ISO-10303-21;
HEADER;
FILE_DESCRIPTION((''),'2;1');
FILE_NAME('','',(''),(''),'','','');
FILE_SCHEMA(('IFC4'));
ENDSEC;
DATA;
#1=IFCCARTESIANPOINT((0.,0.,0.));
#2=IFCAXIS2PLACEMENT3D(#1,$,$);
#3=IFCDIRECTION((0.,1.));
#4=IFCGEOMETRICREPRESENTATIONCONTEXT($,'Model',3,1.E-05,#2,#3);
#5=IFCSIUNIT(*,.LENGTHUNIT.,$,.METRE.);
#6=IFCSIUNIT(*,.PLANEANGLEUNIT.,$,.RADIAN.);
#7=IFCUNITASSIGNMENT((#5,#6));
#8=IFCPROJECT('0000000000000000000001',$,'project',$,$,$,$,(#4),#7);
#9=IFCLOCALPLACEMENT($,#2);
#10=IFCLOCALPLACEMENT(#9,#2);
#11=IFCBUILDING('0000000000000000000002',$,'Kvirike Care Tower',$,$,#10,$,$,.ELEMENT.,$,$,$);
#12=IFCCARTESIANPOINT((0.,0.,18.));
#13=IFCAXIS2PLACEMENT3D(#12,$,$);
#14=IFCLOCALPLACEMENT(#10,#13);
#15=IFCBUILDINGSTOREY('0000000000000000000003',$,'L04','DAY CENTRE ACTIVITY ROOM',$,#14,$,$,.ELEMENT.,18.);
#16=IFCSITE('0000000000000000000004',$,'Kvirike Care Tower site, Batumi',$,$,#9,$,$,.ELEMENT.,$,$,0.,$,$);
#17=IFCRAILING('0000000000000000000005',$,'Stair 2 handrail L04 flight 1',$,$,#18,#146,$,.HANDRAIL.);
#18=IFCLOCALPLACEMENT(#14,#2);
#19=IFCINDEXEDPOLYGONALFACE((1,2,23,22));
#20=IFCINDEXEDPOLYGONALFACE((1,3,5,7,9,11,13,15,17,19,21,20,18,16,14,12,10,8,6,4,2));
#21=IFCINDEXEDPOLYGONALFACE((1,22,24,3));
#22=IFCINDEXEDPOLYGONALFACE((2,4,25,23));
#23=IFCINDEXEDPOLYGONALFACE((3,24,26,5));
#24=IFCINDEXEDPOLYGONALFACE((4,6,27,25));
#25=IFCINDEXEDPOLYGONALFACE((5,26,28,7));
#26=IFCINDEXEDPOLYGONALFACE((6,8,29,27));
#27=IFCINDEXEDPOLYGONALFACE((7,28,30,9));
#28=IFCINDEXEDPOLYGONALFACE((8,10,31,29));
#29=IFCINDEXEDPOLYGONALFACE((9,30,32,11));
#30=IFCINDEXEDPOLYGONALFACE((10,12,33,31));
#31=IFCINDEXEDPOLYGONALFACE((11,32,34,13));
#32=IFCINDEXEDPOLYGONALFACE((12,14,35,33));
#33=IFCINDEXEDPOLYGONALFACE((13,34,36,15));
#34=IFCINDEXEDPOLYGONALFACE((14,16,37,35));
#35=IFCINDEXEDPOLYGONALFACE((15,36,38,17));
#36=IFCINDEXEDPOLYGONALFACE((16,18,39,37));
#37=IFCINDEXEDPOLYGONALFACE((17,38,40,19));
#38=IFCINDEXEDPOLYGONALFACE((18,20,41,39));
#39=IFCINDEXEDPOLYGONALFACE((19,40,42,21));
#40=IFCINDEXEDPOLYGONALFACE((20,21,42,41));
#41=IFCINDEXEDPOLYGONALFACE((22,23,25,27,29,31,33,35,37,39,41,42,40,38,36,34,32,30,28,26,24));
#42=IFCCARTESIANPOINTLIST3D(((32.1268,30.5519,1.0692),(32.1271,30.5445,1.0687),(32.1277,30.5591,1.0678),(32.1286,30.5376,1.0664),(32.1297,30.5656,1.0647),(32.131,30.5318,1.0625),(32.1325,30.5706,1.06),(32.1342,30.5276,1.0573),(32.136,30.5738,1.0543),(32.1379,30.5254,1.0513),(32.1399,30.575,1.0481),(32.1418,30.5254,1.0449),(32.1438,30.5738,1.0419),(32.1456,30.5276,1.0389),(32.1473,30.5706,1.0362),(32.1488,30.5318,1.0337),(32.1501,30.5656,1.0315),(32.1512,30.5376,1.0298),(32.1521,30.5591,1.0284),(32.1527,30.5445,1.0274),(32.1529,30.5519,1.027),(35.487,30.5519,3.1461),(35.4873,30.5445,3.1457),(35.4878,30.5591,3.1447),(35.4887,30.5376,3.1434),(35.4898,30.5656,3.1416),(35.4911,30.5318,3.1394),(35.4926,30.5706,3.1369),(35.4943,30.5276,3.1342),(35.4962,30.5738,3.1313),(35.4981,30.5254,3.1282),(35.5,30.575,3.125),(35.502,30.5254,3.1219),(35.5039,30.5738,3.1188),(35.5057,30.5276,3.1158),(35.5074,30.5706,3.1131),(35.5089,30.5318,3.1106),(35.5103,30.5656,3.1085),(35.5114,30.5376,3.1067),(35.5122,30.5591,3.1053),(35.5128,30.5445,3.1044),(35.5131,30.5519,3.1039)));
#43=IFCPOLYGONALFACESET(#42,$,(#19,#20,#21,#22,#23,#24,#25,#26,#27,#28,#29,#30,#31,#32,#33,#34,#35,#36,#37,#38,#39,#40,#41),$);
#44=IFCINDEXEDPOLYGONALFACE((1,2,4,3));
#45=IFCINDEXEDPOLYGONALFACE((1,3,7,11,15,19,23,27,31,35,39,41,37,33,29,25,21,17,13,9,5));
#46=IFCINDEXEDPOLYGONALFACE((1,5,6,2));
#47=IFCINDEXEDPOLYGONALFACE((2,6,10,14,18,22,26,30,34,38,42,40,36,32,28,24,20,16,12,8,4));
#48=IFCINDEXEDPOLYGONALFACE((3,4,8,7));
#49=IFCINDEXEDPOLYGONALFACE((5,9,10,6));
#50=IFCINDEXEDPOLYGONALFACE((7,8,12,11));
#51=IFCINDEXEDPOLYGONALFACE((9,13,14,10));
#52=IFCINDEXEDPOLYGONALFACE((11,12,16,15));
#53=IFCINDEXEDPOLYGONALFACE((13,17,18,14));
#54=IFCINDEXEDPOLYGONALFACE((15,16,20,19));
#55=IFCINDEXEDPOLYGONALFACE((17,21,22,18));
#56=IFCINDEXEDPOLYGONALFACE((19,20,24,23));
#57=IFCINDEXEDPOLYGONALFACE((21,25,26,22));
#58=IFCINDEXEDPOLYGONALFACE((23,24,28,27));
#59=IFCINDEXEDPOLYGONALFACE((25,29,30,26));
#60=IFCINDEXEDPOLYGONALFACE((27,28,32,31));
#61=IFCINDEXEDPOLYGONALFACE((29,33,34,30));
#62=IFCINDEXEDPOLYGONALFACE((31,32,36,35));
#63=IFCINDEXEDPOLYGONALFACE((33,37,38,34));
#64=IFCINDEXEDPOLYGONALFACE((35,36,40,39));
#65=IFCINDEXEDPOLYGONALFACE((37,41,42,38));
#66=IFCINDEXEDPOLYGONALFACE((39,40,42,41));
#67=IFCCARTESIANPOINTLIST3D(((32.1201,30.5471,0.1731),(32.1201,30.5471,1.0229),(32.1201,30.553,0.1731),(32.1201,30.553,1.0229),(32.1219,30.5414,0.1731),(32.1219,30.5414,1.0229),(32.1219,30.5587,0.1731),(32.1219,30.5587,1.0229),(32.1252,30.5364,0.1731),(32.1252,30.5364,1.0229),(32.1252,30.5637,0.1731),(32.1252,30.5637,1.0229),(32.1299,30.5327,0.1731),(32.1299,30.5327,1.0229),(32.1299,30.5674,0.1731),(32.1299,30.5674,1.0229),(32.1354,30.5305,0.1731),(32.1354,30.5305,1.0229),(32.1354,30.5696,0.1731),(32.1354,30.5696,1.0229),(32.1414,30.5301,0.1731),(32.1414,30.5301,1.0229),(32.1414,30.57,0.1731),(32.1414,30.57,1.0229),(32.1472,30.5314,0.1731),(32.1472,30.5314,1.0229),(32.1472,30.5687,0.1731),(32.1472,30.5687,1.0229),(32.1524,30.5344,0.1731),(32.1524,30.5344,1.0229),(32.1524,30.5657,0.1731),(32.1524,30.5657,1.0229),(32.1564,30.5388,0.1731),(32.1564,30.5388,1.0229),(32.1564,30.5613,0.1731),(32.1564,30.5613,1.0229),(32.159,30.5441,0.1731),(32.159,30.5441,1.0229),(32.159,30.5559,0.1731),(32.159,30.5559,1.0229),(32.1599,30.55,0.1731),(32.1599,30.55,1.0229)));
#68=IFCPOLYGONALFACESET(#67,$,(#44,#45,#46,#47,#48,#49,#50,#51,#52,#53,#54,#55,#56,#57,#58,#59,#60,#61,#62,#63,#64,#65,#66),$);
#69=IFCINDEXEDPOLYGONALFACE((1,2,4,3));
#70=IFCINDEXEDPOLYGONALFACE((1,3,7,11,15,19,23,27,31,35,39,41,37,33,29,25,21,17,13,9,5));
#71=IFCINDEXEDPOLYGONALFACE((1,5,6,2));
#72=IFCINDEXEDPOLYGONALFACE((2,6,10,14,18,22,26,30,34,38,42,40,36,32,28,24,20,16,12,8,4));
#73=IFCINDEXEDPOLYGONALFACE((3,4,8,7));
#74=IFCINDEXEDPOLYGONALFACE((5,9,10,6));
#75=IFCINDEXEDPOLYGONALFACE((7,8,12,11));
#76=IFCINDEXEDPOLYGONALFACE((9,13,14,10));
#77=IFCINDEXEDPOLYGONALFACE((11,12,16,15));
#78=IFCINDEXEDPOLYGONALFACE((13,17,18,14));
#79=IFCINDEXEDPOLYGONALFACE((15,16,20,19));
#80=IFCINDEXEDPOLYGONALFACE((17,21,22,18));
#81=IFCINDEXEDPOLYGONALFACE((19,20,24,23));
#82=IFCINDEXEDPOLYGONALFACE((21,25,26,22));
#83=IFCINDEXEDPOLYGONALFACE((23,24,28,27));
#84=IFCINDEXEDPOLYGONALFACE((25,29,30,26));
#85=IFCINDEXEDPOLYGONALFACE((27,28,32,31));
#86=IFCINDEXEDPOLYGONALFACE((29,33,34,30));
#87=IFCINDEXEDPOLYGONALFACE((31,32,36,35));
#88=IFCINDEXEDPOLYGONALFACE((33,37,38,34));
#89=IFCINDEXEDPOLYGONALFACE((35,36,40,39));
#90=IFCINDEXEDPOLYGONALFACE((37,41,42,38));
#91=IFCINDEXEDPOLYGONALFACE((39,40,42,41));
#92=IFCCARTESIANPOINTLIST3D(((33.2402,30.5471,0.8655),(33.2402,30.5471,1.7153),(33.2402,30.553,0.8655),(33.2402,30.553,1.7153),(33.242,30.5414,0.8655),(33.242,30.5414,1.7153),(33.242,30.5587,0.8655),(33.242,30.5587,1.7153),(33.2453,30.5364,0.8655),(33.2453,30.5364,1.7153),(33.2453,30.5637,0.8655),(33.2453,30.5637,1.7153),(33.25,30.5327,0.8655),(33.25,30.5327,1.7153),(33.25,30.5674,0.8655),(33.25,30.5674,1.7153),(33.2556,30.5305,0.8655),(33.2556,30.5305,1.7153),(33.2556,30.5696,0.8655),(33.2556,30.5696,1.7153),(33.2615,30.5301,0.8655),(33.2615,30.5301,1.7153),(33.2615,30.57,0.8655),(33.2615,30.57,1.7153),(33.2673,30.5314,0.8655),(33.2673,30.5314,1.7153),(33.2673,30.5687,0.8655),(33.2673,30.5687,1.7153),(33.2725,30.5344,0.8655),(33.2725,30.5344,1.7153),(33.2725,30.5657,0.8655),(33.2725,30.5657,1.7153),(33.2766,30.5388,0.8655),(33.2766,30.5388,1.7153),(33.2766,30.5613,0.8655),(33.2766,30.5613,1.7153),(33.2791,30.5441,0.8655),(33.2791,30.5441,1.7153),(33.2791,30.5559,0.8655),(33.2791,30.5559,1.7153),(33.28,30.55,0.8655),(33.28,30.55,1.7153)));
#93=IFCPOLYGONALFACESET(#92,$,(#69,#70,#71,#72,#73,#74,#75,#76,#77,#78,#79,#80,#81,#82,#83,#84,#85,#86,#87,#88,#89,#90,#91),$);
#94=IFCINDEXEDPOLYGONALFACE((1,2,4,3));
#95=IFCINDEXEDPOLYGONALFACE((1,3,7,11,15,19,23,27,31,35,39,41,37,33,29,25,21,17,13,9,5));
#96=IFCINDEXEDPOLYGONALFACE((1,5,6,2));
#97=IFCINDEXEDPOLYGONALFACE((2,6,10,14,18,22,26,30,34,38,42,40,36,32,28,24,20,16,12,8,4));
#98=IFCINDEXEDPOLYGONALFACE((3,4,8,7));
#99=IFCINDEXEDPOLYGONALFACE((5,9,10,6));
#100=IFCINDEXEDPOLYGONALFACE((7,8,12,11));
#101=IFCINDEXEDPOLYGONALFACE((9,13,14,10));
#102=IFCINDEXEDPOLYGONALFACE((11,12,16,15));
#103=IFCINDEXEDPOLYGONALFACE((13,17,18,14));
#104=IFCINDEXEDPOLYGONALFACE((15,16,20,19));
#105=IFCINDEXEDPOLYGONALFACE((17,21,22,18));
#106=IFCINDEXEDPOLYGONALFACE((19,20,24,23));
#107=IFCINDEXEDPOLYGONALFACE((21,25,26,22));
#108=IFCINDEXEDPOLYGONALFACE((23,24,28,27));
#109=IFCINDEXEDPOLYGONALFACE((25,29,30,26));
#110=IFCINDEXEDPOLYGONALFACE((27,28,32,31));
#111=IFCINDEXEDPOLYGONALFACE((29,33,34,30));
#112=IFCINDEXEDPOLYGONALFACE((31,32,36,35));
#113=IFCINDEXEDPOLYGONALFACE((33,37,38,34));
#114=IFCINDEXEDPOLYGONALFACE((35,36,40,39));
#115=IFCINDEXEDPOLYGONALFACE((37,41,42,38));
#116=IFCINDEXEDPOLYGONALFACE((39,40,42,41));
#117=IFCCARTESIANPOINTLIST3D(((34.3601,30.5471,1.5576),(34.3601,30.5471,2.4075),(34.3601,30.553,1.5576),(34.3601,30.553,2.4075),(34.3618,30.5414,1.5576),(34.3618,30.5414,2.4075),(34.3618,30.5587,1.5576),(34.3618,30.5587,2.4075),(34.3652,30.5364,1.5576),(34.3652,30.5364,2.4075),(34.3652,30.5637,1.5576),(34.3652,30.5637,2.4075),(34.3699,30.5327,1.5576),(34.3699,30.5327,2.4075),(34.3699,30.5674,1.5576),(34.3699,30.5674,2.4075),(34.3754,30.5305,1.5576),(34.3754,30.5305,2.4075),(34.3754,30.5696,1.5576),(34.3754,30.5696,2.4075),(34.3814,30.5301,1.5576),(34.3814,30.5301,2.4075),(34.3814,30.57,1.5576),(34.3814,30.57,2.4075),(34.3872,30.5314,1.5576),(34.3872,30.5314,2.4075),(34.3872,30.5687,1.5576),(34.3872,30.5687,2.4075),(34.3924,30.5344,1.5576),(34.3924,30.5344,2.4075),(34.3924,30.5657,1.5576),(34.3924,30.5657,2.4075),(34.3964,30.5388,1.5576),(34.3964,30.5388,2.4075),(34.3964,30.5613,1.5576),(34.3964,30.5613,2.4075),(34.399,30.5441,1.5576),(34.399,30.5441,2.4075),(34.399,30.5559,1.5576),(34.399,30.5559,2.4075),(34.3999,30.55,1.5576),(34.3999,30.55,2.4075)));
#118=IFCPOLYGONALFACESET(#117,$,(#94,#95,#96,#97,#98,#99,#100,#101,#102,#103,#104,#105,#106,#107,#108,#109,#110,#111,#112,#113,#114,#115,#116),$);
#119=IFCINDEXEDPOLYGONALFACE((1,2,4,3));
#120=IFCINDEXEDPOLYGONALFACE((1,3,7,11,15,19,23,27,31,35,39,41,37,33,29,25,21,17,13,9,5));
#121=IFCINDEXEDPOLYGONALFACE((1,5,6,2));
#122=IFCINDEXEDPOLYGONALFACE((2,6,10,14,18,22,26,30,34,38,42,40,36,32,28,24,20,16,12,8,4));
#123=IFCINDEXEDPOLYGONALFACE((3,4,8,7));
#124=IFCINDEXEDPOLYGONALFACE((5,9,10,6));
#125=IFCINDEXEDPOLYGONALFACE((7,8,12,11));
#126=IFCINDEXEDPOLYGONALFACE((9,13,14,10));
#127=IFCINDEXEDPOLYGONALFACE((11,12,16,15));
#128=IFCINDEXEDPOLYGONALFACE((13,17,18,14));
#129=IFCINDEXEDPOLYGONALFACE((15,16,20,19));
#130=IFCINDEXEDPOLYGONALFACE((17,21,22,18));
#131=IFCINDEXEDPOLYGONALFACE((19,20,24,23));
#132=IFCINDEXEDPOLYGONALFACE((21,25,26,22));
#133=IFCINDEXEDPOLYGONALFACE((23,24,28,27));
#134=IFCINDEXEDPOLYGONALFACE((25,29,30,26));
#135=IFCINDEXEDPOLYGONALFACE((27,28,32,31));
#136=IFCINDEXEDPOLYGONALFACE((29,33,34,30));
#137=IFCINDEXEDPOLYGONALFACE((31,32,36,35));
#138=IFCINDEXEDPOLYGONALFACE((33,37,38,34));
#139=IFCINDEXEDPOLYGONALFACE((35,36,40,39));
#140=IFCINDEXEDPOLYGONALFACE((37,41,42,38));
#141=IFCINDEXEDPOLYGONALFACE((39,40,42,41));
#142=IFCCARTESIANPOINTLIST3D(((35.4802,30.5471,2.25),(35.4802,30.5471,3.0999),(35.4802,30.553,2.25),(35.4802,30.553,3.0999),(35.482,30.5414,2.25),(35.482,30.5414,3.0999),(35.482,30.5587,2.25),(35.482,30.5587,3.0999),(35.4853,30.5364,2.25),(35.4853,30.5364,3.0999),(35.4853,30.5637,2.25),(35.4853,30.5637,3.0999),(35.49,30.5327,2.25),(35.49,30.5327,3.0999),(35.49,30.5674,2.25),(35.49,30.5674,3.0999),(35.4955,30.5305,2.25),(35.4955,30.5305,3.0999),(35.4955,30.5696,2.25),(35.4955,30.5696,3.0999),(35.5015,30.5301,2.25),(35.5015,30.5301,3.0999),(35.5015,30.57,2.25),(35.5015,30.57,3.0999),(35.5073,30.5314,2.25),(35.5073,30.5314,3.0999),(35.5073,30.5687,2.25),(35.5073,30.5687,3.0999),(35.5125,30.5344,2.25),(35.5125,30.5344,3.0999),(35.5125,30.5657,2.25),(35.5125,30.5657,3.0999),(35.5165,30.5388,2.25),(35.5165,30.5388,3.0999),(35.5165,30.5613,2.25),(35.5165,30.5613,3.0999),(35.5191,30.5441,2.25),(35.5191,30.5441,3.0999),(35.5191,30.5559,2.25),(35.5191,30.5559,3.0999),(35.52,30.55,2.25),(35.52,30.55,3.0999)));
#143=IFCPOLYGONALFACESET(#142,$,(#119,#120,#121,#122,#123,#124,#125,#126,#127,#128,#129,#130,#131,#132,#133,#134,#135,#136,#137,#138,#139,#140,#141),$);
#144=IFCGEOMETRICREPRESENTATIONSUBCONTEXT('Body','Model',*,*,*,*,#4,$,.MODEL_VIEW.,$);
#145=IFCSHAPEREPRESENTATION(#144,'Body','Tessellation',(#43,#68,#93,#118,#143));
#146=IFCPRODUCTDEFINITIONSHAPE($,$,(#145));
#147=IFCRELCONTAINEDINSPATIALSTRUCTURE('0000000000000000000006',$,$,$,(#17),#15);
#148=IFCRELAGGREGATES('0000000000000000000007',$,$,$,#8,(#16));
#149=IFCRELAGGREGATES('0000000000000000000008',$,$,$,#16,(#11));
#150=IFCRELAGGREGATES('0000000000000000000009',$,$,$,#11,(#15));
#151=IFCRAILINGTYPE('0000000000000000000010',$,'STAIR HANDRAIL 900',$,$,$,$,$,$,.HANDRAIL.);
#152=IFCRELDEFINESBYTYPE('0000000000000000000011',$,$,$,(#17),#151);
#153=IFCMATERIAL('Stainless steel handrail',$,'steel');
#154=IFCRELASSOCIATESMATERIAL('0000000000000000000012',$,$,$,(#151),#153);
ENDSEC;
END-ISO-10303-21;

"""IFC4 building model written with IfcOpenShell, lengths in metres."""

from ifc_helpers import new_model, si_unit, direction, frame, origin, origin_2d, place, context, subcontext, project, spatial, circle, extrude, material, type_object, element, save


model = new_model("IFC4")

# Units and contexts
model_context = context("Model", 3, precision=1e-05, world=origin(), true_north=direction((0.0, 1.0)))
body_context = subcontext(model_context, "Body", "Model", "MODEL_VIEW")
ifc_project = project(units=[si_unit("LENGTHUNIT", "METRE"), si_unit("PLANEANGLEUNIT", "RADIAN")], contexts=[model_context])

# Site, building, storey
site_placement = place(None, origin())
site = spatial("IfcSite", under=ifc_project, at=site_placement, Name="Kvirike Care Tower site, Batumi", CompositionType="ELEMENT", RefElevation=0.0)
building_placement = place(site_placement, origin())
building = spatial("IfcBuilding", under=site, at=building_placement, Name="Kvirike Care Tower", CompositionType="ELEMENT")
storey_placement = place(building_placement, frame((0.0, 0.0, 18.0)))
storey = spatial("IfcBuildingStorey", under=building, at=storey_placement, Name="L04", Description="DAY CENTRE ACTIVITY ROOM", CompositionType="ELEMENT", Elevation=18.0)

# Railing
ifc_material_1 = material(Name="Stainless steel handrail", Category="steel")
railing_type = type_object("IfcRailingType", Name="STAIR HANDRAIL 900", PredefinedType="HANDRAIL", material=ifc_material_1)
railing_1_placement = place(storey_placement, frame((32.1399, 30.55, 0.1731)))
element("IfcRailing", 1, at=railing_1_placement, inside=storey, type_object=railing_type, Name="Stair 2 handrail L04 flight 1", PredefinedType="HANDRAIL", context=body_context, shape_type="SweptSolid", body=[
    extrude(circle(Radius=0.0249, at=origin_2d()), frame((0.0, 0.0, 0.875), z_axis=(0.850623, 0.0, 0.525776), x_axis=(0.0, 1.0, 0.0)), (0.0, 0.0, 1.0), 3.9502),
    extrude(circle(Radius=0.02, at=origin_2d()), origin(), (0.0, 0.0, 1.0), 0.8499),
    extrude(circle(Radius=0.02, at=origin_2d()), frame((1.1201, 0.0, 0.6924)), (0.0, 0.0, 1.0), 0.8499),
    extrude(circle(Radius=0.02, at=origin_2d()), frame((2.24, 0.0, 1.3845)), (0.0, 0.0, 1.0), 0.8499),
    extrude(circle(Radius=0.02, at=origin_2d()), frame((3.3601, 0.0, 2.0769)), (0.0, 0.0, 1.0), 0.8499),
])

save(model, "model.ifc")
